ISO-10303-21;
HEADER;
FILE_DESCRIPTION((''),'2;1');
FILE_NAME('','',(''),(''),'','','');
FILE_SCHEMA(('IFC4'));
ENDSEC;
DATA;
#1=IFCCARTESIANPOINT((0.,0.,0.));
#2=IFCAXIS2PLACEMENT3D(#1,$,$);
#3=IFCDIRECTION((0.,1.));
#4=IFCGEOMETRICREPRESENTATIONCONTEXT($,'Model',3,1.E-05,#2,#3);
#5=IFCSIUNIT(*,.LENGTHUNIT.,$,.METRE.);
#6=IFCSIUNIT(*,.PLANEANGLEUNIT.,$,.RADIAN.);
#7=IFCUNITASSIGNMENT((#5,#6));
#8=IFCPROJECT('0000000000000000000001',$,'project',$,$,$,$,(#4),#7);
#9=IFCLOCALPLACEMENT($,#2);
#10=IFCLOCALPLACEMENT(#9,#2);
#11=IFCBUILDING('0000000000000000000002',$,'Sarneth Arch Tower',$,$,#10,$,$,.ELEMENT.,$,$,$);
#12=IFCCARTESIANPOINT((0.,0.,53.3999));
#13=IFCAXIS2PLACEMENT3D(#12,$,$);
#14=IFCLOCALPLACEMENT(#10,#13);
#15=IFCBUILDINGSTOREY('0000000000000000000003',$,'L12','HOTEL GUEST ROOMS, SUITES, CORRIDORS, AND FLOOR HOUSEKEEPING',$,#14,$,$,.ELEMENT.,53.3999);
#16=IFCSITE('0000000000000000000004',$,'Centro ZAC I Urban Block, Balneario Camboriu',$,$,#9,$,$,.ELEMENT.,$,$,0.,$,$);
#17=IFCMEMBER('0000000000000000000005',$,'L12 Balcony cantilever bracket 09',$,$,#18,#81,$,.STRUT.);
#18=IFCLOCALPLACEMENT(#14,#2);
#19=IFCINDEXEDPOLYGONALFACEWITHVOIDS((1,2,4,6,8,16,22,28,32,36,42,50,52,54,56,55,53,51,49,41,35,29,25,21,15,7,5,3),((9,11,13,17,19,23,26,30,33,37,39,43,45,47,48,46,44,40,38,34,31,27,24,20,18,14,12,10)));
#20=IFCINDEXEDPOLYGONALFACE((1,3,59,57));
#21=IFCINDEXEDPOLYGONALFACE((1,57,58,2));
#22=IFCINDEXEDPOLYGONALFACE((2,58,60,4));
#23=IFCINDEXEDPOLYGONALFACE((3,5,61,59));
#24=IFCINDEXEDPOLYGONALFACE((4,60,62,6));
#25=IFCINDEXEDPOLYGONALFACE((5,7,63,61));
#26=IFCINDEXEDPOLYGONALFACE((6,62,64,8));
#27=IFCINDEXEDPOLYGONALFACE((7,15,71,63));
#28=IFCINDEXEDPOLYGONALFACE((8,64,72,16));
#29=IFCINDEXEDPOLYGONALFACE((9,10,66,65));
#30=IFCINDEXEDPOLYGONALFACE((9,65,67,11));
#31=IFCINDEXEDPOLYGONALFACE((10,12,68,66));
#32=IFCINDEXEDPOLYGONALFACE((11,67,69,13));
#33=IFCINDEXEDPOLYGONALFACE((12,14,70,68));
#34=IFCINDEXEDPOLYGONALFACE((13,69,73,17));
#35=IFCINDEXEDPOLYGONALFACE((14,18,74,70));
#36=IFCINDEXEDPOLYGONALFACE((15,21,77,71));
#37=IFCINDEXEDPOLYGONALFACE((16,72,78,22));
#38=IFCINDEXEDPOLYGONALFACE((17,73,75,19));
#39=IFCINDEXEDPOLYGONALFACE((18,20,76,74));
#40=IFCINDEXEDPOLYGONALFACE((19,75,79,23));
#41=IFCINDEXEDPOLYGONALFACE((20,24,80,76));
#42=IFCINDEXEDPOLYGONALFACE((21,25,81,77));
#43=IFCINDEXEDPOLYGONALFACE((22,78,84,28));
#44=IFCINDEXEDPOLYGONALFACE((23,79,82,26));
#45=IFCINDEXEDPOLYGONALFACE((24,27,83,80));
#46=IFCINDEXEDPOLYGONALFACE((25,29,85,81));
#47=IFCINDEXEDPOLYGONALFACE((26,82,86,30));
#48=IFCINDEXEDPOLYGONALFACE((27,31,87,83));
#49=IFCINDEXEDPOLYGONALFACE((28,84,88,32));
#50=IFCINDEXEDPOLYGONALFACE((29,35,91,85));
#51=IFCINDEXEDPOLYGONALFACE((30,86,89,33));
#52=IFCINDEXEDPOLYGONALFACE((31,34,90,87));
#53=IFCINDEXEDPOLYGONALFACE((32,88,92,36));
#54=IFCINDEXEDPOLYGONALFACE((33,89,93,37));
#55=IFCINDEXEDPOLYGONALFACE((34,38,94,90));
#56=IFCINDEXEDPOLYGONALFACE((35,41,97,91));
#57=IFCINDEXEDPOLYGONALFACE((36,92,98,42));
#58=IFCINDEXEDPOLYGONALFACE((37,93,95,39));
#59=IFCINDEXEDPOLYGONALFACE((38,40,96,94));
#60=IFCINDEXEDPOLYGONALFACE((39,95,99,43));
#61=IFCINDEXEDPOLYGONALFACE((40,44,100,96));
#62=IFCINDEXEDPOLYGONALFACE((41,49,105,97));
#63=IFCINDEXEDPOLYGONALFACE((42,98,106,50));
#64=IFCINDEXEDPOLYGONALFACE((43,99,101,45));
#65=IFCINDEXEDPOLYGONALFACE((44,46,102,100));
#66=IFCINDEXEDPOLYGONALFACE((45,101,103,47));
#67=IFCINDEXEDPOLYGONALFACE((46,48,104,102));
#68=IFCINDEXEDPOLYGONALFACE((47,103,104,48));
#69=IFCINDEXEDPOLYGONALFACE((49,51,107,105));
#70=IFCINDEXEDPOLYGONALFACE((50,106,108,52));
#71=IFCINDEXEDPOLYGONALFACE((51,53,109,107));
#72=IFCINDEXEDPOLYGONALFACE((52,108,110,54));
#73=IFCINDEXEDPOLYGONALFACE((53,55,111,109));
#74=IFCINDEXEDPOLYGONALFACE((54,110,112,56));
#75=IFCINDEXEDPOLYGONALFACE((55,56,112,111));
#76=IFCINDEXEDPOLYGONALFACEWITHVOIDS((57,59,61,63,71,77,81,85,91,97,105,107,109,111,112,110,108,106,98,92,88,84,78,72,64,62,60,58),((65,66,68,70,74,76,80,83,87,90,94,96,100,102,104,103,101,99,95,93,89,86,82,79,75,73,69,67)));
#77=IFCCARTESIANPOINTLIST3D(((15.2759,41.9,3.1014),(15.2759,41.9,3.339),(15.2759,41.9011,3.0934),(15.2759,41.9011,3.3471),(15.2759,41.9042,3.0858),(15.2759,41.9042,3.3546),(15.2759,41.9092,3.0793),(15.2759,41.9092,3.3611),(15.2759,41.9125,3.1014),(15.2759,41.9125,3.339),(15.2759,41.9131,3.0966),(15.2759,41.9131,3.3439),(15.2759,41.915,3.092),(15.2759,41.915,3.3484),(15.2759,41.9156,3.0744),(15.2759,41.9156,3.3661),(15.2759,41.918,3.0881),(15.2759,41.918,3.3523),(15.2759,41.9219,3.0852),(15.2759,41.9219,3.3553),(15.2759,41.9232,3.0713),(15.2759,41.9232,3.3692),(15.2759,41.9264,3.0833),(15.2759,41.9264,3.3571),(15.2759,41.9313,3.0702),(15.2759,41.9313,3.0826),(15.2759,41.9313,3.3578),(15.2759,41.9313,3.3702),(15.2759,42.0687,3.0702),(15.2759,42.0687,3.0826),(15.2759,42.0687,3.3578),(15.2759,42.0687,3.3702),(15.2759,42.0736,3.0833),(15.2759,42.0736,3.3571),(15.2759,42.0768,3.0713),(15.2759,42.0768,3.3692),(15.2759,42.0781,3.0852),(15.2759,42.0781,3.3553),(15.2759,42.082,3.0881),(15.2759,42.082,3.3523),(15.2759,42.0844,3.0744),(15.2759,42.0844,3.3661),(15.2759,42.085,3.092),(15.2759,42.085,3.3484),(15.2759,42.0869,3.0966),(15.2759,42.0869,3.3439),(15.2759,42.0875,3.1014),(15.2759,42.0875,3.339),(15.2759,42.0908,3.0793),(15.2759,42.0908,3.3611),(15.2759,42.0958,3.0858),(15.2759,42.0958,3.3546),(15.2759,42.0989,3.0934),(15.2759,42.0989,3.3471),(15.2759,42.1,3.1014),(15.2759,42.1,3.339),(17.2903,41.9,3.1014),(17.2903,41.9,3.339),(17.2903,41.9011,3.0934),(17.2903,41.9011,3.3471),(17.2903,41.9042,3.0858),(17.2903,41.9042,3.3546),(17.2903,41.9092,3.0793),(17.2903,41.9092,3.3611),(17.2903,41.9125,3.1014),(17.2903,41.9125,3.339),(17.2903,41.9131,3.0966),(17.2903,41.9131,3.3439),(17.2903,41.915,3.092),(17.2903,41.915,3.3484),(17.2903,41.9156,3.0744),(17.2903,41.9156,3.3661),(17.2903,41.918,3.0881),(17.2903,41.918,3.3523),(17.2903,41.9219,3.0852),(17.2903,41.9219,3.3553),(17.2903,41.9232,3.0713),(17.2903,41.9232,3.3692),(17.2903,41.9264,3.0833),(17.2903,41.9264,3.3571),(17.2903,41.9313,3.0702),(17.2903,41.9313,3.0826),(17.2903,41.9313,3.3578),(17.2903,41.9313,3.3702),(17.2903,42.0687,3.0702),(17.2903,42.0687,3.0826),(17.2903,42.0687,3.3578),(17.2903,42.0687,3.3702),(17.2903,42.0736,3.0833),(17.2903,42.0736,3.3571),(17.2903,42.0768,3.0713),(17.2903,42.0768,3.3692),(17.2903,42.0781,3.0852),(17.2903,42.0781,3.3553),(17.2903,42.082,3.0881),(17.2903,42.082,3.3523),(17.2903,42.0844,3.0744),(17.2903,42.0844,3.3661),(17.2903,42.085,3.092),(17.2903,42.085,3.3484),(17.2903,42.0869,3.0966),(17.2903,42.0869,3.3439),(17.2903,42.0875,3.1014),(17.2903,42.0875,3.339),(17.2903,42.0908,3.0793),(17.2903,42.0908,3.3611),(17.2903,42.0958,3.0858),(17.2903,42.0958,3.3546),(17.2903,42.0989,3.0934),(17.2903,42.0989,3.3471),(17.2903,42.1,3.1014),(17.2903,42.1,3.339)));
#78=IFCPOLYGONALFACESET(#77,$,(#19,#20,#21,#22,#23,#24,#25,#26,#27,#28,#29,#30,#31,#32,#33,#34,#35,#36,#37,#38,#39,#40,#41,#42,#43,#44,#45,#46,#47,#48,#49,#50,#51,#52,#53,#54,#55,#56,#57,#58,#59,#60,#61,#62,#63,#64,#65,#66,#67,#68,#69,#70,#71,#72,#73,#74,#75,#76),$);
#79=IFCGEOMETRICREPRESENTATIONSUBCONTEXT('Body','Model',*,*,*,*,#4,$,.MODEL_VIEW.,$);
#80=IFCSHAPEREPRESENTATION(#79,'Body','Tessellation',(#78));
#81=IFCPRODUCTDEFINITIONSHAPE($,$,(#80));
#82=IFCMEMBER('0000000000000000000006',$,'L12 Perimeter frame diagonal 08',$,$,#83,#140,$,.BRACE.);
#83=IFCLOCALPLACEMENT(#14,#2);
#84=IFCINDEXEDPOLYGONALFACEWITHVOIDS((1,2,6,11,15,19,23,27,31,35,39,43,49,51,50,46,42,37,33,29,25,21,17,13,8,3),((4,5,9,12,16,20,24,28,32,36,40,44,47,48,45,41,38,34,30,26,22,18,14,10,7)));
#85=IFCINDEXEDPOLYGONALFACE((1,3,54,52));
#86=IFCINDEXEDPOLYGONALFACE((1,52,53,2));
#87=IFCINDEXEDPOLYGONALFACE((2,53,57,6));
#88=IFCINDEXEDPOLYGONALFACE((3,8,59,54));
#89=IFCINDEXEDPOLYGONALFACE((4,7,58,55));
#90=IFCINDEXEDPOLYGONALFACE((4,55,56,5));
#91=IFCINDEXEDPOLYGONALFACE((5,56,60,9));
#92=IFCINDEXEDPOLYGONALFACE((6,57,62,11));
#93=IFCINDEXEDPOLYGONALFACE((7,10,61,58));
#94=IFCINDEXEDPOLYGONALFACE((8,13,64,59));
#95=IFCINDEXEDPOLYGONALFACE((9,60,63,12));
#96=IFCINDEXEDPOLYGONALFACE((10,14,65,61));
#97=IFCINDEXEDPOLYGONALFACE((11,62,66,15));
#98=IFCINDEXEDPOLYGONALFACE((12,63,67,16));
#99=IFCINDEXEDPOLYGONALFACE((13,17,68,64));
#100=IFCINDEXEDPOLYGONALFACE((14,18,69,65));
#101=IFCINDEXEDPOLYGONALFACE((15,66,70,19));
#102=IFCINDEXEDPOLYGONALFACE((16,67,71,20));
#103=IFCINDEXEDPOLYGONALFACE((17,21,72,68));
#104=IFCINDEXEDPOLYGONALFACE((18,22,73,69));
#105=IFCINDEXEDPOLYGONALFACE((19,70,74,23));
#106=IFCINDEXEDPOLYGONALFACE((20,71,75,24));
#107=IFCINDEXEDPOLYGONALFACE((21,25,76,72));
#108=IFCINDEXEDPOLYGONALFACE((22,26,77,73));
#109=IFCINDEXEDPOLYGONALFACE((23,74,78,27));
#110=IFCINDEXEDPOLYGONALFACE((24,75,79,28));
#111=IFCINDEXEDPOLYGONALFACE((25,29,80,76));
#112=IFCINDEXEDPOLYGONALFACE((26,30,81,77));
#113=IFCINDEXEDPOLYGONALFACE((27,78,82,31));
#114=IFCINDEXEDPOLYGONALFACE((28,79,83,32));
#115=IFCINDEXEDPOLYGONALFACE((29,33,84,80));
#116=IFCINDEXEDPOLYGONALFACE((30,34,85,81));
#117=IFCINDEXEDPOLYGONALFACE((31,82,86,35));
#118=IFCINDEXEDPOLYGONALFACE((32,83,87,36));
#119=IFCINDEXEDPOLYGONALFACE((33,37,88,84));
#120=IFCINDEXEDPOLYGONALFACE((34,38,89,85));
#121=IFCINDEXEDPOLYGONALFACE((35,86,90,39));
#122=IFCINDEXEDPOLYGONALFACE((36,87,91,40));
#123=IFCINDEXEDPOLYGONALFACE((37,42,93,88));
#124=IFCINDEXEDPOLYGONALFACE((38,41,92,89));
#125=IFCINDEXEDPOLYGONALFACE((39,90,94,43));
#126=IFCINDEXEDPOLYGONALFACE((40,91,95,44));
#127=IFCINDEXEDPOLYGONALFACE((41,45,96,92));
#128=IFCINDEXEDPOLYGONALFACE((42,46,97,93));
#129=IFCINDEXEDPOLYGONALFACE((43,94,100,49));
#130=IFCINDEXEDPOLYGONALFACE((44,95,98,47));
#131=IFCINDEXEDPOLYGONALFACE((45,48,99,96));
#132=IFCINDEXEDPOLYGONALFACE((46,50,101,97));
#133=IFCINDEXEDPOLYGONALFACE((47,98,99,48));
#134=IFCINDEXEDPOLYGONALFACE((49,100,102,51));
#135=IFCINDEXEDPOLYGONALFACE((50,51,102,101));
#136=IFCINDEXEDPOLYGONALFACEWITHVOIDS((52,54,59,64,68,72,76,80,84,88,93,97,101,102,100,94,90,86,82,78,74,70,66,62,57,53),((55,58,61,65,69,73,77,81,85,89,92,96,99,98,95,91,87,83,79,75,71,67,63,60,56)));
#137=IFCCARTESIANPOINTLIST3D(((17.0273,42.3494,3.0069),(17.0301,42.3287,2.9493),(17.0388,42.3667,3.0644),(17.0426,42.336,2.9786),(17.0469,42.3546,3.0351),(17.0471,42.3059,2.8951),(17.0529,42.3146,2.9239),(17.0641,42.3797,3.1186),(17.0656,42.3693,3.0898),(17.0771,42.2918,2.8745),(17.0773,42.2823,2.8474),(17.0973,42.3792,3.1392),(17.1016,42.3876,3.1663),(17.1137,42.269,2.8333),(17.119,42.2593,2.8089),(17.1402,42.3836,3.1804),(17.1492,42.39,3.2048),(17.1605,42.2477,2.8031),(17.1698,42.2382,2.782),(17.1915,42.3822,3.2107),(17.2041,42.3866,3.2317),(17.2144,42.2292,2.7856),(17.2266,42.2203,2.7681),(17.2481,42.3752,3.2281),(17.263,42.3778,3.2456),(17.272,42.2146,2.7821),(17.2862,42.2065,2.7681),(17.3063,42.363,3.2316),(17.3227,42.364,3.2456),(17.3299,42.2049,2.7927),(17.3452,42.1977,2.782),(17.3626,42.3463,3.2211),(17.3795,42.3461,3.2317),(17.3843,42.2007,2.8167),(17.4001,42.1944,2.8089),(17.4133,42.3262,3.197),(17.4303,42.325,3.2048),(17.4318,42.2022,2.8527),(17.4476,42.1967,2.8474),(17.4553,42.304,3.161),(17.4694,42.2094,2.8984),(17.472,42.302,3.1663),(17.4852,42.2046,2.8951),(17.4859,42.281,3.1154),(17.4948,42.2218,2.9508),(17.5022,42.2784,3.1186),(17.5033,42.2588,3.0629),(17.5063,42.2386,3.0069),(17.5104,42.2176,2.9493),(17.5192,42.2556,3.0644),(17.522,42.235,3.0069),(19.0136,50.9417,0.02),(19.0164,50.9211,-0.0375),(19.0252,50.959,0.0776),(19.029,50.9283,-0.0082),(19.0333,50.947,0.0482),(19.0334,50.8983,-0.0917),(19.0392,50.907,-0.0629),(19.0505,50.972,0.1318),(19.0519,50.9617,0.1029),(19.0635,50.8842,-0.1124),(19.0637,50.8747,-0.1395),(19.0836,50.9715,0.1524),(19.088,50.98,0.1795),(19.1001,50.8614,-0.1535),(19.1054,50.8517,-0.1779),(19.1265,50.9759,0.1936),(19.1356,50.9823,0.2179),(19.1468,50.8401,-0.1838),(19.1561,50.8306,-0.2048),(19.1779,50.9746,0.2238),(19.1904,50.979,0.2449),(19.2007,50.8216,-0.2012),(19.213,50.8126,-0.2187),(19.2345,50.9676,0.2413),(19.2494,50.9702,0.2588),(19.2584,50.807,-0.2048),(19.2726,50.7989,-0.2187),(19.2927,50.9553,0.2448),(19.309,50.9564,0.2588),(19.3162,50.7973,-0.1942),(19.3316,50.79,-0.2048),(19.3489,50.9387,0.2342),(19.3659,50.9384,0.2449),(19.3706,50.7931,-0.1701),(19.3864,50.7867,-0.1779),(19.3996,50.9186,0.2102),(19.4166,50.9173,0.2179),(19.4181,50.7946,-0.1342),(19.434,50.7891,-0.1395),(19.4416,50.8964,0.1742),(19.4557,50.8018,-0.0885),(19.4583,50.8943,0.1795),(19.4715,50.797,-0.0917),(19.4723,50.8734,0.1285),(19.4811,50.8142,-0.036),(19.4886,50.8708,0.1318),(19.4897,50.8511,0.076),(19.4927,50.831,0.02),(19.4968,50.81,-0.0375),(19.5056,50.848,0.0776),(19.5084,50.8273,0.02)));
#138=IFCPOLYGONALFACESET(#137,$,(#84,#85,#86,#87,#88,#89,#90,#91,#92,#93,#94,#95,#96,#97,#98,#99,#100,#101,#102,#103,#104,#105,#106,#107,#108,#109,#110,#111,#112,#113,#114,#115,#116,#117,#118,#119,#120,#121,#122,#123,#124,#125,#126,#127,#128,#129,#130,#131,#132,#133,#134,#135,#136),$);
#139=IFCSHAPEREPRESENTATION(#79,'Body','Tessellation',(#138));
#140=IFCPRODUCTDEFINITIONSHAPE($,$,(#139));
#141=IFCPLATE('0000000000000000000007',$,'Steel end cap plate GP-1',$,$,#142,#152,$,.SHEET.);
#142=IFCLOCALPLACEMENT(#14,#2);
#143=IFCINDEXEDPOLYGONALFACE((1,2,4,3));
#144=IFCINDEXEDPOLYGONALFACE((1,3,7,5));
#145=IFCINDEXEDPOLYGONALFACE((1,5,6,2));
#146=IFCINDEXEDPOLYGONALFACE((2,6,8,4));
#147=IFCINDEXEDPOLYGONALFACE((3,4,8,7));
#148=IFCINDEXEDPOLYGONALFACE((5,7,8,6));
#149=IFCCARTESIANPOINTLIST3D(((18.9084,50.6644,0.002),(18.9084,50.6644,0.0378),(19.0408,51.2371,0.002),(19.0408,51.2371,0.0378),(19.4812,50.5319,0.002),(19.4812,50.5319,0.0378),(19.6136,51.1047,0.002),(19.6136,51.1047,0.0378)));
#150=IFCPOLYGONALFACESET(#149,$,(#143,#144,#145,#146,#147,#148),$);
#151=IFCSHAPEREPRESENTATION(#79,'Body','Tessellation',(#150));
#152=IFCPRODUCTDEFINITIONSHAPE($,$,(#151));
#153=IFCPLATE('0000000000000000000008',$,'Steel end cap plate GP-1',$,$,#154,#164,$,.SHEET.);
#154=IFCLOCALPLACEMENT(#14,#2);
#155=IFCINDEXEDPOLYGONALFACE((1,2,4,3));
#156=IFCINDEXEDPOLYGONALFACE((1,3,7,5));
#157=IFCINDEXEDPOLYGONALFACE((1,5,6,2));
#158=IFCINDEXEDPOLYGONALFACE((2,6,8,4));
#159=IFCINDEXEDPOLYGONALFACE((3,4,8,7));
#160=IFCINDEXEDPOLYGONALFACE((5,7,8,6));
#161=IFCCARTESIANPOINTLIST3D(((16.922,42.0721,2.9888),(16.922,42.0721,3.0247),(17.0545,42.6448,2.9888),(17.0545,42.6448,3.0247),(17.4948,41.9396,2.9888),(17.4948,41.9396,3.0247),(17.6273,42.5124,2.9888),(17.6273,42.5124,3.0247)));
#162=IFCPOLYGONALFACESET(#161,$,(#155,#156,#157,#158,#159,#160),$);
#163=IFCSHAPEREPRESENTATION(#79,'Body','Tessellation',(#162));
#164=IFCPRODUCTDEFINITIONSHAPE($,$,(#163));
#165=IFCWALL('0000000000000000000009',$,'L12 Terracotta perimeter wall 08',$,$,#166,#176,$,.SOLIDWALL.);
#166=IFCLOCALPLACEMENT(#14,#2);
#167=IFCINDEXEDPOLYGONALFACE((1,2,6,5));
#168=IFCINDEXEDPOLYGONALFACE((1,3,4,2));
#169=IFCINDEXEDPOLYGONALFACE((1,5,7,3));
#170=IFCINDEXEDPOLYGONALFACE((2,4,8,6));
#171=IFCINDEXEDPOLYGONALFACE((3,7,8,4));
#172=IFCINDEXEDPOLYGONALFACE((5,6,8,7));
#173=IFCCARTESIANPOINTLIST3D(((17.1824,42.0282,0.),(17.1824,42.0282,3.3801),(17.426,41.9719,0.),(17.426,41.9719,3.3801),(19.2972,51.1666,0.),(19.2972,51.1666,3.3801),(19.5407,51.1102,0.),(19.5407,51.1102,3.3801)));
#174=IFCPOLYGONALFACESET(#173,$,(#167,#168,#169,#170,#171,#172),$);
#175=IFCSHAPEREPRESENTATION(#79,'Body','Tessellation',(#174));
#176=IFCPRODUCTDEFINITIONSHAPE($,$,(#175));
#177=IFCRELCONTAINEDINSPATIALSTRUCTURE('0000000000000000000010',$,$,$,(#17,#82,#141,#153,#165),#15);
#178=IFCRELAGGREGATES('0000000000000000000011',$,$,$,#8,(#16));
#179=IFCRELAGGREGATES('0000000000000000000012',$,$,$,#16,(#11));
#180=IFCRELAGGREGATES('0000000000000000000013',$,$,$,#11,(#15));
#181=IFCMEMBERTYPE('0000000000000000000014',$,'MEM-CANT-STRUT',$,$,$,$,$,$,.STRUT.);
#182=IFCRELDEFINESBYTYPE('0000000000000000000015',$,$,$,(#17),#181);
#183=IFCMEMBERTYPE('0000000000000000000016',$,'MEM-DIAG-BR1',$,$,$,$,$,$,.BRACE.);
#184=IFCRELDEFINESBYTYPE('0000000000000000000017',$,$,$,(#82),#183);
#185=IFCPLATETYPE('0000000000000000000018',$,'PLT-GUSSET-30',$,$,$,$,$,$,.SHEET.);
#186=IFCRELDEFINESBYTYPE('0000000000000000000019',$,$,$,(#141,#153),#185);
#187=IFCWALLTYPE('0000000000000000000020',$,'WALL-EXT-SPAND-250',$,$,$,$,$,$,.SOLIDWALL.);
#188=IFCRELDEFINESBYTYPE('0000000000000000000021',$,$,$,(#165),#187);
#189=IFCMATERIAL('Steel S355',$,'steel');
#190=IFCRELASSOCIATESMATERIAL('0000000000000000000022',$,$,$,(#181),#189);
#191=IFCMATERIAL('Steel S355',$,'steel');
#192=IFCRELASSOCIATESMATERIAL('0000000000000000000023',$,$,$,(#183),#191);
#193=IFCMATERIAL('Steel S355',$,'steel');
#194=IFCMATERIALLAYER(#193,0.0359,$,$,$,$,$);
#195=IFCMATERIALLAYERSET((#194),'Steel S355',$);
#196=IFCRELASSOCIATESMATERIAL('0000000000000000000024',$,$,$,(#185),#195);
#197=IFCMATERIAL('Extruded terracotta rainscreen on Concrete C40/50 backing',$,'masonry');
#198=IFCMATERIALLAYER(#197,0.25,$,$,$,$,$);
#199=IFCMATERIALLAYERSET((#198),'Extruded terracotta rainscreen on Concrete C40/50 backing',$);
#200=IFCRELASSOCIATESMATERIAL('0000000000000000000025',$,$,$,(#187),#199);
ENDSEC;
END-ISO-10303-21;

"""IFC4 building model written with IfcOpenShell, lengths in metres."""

from ifc_helpers import new_model, si_unit, direction, frame, frame_2d, origin, origin_2d, place, context, subcontext, project, spatial, rectangle, hollow_rectangle, hollow_circle, extrude, material, layer, layer_set, material_profile, profile_set, type_object, element, save


model = new_model("IFC4")

# Units and contexts
model_context = context("Model", 3, precision=1e-05, world=origin(), true_north=direction((0.0, 1.0)))
body_context = subcontext(model_context, "Body", "Model", "MODEL_VIEW")
ifc_project = project(units=[si_unit("LENGTHUNIT", "METRE"), si_unit("PLANEANGLEUNIT", "RADIAN")], contexts=[model_context])

# Site, building, storey
site_placement = place(None, origin())
site = spatial("IfcSite", under=ifc_project, at=site_placement, Name="Centro ZAC I Urban Block, Balneario Camboriu", CompositionType="ELEMENT", RefElevation=0.0)
building_placement = place(site_placement, origin())
building = spatial("IfcBuilding", under=site, at=building_placement, Name="Sarneth Arch Tower", CompositionType="ELEMENT")
storey_placement = place(building_placement, frame((0.0, 0.0, 53.3999)))
storey = spatial("IfcBuildingStorey", under=building, at=storey_placement, Name="L12", Description="HOTEL GUEST ROOMS, SUITES, CORRIDORS, AND FLOOR HOUSEKEEPING", CompositionType="ELEMENT", Elevation=53.3999)

# Members
ifc_material_1 = material(Name="Steel S355", Category="steel")
ifc_material_profile_1 = material_profile(ifc_material_1, hollow_rectangle(XDim=0.2, YDim=0.3, WallThickness=0.0125, InnerFilletRadius=0.0188, OuterFilletRadius=0.0312, at=origin_2d()), Name="RHS300x200x12.5")
ifc_profile_set_1 = profile_set([ifc_material_profile_1], Name="Steel S355")
member_type_1 = type_object("IfcMemberType", Name="MEM-CANT-STRUT", PredefinedType="STRUT", material=ifc_profile_set_1)
member_1_placement = place(storey_placement, frame((17.2903, 42.0, 3.2202), z_axis=(-1.0, 0.0, 0.0), x_axis=(0.0, -1.0, 0.0)))
element("IfcMember", 1, at=member_1_placement, inside=storey, type_object=member_type_1, Name="L12 Balcony cantilever bracket 09", PredefinedType="STRUT", context=body_context, shape_type="SweptSolid", body=[
    extrude(hollow_rectangle(XDim=0.2, YDim=0.3, WallThickness=0.0125, InnerFilletRadius=0.0188, OuterFilletRadius=0.0312, at=origin_2d()), origin(), (0.0, 0.0, 1.0), 2.0144),
])
ifc_material_2 = material(Name="Steel S355", Category="steel")
ifc_material_profile_2 = material_profile(ifc_material_2, hollow_circle(Radius=0.2539, WallThickness=0.0161, at=origin_2d()), Name="CHS508x16")
ifc_profile_set_2 = profile_set([ifc_material_profile_2], Name="Steel S355")
member_type_2 = type_object("IfcMemberType", Name="MEM-DIAG-BR1", PredefinedType="BRACE", material=ifc_profile_set_2)
member_2_placement = place(storey_placement, frame((19.261, 50.8845, 0.02), z_axis=(-0.213332, -0.922814, 0.320785), x_axis=(0.974304, -0.225236, 0.0)))
element("IfcMember", 2, at=member_2_placement, inside=storey, type_object=member_type_2, Name="L12 Perimeter frame diagonal 08", PredefinedType="BRACE", context=body_context, shape_type="SweptSolid", body=[
    extrude(hollow_circle(Radius=0.2539, WallThickness=0.0161, at=origin_2d()), origin(), (0.0, 0.0, 1.0), 9.311),
])

# Plates
ifc_material_3 = material(Name="Steel S355", Category="steel")
ifc_layer_1 = layer(ifc_material_3, 0.0359)
ifc_layer_set_1 = layer_set([ifc_layer_1], Name="Steel S355")
plate_type = type_object("IfcPlateType", Name="PLT-GUSSET-30", PredefinedType="SHEET", material=ifc_layer_set_1)
for number, where, z_axis, x_axis, name in (
    (3, (19.261, 50.8845, 0.002), (0.0, 0.0, 1.0), (-0.225291, -0.974291, 0.0), "Steel end cap plate GP-1"),
    (4, (17.2747, 42.2922, 2.9888), (0.0, 0.0, 1.0), (-0.225291, -0.974291, 0.0), "Steel end cap plate GP-1"),
):
    element("IfcPlate", number, at=place(storey_placement, frame(where, z_axis=z_axis, x_axis=x_axis)), inside=storey, type_object=plate_type, Name=name, PredefinedType="SHEET", context=body_context, shape_type="SweptSolid", body=[
        extrude(rectangle(XDim=0.5879, YDim=0.5879, at=origin_2d()), origin(), (0.0, 0.0, 1.0), 0.0359),
    ])

# Wall
ifc_material_4 = material(Name="Extruded terracotta rainscreen on Concrete C40/50 backing", Category="masonry")
ifc_layer_2 = layer(ifc_material_4, 0.25)
ifc_layer_set_2 = layer_set([ifc_layer_2], Name="Extruded terracotta rainscreen on Concrete C40/50 backing")
wall_type_1 = type_object("IfcWallType", Name="WALL-EXT-SPAND-250", PredefinedType="SOLIDWALL", material=ifc_layer_set_2)
wall_1_placement = place(storey_placement, frame((19.4189, 51.1384, 0.0), z_axis=(0.0, 0.0, 1.0), x_axis=(-0.225454, -0.974254, 0.0)))
element("IfcWall", 5, at=wall_1_placement, inside=storey, type_object=wall_type_1, Name="L12 Terracotta perimeter wall 08", PredefinedType="SOLIDWALL", context=body_context, shape_type="SweptSolid", body=[
    extrude(rectangle(XDim=9.3799, YDim=0.25, at=frame_2d((4.6899, 0.0))), origin(), (0.0, 0.0, 1.0), 3.3801),
])

save(model, "model.ifc")
